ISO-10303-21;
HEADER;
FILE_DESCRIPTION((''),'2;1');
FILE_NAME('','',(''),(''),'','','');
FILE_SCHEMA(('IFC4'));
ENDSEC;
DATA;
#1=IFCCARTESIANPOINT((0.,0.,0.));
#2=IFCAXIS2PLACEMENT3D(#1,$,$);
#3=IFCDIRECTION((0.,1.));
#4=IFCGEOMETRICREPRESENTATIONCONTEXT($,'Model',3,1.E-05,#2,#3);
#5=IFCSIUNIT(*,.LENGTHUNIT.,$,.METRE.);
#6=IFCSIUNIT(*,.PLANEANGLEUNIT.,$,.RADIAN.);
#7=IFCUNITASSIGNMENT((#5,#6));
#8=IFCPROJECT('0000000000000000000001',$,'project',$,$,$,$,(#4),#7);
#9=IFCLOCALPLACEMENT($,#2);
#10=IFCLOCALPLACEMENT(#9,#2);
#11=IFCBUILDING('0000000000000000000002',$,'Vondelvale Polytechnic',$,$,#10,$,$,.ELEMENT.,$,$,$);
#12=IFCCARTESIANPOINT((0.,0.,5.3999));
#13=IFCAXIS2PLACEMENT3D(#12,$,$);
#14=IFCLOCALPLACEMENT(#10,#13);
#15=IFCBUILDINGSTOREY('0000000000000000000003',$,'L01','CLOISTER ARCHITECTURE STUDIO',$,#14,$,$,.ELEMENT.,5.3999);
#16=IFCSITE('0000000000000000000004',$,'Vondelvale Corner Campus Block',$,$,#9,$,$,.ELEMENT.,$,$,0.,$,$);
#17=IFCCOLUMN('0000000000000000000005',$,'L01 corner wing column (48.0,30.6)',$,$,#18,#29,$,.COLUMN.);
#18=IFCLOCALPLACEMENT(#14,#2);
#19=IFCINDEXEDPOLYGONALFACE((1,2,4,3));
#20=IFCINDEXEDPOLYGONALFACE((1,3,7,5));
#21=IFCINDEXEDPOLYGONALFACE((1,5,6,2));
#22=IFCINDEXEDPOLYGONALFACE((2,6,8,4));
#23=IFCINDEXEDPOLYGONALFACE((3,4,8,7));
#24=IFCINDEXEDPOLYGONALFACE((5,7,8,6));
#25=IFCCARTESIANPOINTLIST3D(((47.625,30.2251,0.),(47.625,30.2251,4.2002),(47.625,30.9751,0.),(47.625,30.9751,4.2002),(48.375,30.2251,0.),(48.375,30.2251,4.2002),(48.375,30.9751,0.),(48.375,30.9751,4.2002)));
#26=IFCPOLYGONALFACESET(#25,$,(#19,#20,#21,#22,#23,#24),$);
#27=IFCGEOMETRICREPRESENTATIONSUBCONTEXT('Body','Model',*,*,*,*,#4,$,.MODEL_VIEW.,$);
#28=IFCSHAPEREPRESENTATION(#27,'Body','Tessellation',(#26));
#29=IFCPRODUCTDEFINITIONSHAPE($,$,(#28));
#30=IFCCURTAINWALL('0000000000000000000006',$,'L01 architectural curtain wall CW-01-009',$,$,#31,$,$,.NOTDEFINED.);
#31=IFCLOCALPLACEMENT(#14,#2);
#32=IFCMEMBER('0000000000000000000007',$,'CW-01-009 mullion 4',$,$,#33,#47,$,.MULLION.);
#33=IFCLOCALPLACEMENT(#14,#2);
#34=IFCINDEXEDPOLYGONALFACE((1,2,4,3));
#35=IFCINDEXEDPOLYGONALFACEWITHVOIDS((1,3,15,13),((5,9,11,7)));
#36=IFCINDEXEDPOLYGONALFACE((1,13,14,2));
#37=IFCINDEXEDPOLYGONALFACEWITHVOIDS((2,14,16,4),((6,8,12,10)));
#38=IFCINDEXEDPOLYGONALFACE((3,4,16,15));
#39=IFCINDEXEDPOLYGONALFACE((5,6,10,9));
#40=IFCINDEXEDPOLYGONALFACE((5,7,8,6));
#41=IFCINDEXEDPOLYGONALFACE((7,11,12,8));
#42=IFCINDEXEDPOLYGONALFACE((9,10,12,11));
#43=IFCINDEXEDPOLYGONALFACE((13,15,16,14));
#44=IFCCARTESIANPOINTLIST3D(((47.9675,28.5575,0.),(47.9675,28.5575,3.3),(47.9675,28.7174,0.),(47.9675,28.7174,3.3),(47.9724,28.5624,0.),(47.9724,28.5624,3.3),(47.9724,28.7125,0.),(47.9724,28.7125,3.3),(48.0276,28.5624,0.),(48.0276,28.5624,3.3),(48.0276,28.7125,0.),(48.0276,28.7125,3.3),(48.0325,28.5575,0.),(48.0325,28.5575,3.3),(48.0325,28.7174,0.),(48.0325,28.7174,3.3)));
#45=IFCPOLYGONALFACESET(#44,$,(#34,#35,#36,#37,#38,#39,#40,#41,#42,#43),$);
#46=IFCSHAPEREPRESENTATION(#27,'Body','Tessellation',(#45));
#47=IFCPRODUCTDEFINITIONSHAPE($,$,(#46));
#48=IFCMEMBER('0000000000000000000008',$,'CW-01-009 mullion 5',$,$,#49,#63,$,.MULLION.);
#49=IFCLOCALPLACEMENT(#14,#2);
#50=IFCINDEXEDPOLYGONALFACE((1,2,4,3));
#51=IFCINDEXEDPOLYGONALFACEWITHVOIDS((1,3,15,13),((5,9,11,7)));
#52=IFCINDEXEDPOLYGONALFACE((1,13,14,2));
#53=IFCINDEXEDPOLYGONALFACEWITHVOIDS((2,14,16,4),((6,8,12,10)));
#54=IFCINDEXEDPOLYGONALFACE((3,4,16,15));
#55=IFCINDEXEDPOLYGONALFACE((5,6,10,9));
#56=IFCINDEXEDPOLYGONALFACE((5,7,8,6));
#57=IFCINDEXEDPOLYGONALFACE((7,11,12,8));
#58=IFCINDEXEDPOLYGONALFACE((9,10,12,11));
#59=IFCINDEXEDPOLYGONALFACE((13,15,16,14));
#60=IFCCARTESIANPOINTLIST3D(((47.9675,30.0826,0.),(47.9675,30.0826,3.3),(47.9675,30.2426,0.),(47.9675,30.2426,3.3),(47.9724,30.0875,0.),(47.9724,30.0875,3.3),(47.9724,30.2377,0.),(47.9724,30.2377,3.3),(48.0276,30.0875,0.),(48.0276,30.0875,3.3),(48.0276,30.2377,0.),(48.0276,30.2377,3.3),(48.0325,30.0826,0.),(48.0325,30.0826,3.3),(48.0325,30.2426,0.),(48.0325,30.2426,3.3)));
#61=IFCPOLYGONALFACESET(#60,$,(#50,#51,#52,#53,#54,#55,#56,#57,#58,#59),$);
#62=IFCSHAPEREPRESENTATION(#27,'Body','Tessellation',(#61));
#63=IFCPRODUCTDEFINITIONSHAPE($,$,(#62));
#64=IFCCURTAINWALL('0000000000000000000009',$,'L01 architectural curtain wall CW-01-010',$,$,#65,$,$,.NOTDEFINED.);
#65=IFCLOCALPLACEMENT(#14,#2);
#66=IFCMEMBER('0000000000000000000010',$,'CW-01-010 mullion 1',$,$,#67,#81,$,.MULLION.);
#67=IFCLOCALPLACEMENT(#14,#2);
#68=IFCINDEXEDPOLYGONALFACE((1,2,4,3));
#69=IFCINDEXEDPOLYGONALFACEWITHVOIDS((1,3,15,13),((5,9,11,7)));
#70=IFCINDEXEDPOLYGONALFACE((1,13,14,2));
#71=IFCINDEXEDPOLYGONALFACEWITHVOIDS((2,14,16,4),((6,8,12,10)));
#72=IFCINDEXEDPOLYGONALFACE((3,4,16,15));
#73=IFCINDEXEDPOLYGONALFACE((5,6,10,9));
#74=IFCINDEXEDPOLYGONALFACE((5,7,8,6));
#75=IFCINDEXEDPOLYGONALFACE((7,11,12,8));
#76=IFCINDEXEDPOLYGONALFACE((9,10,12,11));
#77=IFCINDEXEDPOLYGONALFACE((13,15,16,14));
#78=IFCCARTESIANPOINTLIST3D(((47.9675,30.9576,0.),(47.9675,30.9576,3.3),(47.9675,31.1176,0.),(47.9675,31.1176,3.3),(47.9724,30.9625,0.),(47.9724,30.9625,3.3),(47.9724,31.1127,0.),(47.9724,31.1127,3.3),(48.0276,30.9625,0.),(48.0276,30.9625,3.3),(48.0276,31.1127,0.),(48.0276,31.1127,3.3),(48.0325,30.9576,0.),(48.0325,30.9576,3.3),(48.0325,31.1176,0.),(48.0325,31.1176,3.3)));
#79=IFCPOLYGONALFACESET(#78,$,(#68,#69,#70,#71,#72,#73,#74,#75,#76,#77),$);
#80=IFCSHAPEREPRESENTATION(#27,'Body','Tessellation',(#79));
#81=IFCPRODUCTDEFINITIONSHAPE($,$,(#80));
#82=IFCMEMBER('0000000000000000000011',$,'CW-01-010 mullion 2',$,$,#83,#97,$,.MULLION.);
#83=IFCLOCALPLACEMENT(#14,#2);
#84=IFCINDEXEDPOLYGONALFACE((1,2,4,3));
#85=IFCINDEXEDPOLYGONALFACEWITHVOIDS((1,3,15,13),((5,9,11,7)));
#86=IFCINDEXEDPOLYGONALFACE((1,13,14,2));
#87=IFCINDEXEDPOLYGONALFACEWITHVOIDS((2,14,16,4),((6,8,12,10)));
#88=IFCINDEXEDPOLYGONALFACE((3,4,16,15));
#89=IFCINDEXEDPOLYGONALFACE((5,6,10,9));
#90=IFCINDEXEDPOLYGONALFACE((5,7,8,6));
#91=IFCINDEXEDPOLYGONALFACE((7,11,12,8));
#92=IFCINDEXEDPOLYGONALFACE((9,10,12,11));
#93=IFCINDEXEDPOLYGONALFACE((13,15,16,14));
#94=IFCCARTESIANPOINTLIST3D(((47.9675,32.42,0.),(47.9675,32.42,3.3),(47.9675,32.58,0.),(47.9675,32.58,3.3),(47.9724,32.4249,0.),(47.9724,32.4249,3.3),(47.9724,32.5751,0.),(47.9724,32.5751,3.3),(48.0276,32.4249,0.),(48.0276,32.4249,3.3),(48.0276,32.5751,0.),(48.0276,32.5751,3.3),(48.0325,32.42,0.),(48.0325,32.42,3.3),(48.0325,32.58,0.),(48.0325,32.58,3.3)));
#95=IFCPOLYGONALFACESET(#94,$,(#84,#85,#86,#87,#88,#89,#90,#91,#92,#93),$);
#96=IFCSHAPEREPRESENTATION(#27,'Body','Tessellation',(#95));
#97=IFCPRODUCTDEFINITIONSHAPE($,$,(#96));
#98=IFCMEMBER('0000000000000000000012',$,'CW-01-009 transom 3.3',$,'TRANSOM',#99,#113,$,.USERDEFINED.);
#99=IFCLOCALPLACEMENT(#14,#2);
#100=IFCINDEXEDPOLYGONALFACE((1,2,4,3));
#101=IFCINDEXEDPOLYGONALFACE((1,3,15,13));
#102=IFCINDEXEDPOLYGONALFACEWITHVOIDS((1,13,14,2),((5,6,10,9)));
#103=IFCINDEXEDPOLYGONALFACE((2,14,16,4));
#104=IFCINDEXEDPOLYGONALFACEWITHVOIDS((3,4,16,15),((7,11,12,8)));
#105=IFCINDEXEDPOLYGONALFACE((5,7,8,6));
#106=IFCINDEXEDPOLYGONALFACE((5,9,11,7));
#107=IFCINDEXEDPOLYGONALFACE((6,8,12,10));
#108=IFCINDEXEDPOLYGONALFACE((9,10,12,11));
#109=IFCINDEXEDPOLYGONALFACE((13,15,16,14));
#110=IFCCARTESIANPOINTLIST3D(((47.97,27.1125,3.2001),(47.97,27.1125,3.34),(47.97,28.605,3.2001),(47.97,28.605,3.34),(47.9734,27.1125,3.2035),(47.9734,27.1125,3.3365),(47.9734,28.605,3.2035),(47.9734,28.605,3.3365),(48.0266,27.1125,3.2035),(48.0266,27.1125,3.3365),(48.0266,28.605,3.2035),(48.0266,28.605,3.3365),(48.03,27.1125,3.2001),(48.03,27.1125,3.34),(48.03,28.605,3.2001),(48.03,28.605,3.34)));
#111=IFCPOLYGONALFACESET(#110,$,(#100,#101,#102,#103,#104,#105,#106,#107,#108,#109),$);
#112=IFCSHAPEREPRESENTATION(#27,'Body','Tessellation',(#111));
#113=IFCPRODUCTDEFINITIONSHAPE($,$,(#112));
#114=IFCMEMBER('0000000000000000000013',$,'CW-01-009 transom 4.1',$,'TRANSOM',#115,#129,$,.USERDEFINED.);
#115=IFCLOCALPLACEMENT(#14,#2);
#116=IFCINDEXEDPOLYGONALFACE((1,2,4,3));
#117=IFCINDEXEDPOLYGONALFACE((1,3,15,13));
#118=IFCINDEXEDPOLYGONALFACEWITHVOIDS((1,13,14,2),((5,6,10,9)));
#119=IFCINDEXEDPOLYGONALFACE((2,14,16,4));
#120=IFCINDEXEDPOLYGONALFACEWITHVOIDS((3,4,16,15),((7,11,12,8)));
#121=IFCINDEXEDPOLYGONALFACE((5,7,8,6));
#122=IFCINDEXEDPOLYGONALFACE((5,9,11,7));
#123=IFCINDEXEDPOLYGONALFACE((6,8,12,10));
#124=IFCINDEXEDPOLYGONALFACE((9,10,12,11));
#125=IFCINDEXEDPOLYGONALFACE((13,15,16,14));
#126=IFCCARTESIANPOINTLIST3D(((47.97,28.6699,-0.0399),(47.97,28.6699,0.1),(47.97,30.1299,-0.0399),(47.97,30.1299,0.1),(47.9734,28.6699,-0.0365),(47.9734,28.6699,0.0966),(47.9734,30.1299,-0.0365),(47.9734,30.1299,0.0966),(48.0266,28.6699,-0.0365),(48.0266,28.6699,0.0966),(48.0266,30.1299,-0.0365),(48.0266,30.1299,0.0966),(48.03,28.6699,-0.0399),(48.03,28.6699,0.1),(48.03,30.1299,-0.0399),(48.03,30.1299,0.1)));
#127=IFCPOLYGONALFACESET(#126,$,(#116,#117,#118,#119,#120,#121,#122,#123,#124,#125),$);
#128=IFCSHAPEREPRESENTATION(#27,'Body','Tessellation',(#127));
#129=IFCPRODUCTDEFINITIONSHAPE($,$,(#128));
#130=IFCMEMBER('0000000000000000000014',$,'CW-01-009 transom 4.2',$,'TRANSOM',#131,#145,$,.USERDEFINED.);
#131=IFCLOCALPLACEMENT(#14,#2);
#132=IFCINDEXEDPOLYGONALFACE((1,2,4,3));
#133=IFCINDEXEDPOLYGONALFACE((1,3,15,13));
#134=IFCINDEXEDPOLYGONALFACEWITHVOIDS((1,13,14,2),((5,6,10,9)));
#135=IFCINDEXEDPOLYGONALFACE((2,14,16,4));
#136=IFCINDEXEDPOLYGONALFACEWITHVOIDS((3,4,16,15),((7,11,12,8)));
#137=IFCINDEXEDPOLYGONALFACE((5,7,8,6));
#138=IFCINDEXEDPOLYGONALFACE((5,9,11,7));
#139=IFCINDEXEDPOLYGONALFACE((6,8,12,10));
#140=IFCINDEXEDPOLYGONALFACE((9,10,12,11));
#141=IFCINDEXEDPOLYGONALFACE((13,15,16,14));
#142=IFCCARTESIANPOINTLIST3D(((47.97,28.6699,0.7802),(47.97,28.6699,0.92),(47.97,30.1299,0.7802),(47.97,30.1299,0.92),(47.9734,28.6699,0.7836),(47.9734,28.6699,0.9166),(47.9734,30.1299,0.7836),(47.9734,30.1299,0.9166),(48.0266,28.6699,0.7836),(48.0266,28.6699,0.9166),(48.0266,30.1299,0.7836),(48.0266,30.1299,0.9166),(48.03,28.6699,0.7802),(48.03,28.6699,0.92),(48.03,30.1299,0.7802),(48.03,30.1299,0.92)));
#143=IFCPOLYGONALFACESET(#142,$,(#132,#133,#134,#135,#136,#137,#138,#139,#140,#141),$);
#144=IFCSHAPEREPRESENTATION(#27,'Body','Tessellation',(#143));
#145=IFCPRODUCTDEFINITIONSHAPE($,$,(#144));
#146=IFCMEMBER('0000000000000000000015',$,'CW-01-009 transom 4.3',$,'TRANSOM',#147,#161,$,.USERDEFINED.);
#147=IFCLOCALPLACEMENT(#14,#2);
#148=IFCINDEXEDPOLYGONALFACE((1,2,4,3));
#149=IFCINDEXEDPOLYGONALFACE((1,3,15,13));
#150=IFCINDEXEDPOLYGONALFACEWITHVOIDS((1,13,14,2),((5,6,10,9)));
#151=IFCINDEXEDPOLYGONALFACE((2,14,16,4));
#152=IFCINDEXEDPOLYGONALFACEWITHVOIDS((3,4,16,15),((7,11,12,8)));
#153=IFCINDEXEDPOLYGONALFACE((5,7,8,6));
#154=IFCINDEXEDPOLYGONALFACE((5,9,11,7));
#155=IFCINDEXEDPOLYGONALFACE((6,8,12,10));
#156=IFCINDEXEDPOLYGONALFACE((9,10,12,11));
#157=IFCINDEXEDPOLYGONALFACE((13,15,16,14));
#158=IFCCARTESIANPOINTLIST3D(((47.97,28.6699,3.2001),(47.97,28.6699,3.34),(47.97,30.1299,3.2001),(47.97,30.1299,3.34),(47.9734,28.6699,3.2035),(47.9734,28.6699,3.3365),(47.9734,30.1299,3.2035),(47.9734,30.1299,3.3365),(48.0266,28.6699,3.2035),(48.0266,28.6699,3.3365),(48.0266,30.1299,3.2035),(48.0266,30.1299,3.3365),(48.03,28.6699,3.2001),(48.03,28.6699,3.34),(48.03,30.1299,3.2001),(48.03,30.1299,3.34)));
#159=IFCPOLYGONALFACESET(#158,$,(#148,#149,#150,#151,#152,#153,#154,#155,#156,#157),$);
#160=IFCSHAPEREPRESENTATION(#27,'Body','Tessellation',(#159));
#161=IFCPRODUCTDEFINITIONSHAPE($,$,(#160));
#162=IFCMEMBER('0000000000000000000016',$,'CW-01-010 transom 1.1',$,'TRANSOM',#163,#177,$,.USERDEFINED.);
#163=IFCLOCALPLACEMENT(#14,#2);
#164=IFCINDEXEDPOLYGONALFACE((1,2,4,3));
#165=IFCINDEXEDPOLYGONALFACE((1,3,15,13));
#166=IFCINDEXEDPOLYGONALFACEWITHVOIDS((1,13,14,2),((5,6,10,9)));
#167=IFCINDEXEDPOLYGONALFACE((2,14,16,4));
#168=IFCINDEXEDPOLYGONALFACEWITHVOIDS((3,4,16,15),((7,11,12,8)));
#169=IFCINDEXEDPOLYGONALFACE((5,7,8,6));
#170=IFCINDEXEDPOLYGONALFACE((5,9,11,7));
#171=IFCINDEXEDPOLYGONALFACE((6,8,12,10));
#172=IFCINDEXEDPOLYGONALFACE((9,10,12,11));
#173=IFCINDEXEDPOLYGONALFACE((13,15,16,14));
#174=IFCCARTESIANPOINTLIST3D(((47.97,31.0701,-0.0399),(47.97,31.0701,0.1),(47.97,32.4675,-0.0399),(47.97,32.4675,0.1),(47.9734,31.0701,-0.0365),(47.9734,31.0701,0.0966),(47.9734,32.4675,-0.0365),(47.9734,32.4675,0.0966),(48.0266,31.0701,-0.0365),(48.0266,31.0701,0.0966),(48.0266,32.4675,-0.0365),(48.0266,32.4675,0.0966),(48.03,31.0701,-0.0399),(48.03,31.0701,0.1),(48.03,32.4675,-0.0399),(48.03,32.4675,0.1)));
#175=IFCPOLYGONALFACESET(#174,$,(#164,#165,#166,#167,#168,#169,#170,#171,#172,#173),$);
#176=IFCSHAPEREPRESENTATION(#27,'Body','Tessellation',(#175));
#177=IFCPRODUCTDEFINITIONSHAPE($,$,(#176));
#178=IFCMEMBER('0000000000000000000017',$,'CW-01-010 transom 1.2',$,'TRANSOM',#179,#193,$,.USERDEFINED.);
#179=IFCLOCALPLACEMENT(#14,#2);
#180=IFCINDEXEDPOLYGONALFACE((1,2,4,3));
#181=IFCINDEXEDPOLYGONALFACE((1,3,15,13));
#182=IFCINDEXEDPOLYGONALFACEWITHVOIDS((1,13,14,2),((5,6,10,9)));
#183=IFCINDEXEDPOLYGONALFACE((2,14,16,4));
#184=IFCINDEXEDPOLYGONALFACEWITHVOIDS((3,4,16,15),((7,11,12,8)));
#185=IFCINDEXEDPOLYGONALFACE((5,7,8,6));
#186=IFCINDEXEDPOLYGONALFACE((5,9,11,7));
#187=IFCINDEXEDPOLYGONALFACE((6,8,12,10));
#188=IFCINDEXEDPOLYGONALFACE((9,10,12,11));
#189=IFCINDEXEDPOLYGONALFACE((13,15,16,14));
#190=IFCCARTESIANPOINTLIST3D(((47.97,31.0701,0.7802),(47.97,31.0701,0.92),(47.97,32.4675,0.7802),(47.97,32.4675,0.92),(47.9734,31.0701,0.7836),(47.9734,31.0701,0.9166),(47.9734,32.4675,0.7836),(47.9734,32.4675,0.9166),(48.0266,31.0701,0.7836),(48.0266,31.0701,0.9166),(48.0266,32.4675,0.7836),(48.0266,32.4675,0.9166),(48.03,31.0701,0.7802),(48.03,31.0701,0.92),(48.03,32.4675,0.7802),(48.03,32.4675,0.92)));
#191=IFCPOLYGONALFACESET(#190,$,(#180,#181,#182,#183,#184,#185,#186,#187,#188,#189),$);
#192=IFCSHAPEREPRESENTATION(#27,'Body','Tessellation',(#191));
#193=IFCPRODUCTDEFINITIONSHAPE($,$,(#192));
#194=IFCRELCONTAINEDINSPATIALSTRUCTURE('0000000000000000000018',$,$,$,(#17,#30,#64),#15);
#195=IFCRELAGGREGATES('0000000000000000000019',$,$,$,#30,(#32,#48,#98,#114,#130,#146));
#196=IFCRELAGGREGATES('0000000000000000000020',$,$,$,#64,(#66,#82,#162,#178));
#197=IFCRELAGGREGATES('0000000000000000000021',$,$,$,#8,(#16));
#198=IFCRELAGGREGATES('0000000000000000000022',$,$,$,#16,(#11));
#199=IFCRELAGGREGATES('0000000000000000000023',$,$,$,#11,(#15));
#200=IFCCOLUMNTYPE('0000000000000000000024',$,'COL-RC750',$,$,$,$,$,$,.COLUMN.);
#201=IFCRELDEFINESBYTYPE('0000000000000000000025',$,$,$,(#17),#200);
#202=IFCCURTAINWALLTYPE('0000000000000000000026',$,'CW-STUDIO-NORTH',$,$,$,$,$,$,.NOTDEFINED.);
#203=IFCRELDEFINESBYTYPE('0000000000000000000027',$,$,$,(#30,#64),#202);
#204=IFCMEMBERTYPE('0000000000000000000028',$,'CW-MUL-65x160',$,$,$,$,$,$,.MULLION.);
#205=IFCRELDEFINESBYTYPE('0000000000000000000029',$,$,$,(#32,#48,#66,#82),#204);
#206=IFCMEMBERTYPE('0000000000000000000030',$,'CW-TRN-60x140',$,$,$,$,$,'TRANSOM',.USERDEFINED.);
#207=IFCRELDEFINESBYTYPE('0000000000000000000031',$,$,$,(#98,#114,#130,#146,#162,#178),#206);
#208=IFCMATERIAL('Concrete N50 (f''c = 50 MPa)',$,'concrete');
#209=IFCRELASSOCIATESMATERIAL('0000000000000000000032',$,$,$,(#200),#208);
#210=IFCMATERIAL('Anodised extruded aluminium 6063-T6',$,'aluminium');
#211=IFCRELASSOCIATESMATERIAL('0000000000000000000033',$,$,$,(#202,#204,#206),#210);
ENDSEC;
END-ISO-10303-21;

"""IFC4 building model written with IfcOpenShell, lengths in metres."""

from ifc_helpers import new_model, si_unit, direction, frame, origin, origin_2d, place, context, subcontext, project, spatial, rectangle, hollow_rectangle, extrude, material, material_profile, profile_set, type_object, element, aggregate, save


model = new_model("IFC4")

# Units and contexts
model_context = context("Model", 3, precision=1e-05, world=origin(), true_north=direction((0.0, 1.0)))
body_context = subcontext(model_context, "Body", "Model", "MODEL_VIEW")
ifc_project = project(units=[si_unit("LENGTHUNIT", "METRE"), si_unit("PLANEANGLEUNIT", "RADIAN")], contexts=[model_context])

# Site, building, storey
site_placement = place(None, origin())
site = spatial("IfcSite", under=ifc_project, at=site_placement, Name="Vondelvale Corner Campus Block", CompositionType="ELEMENT", RefElevation=0.0)
building_placement = place(site_placement, origin())
building = spatial("IfcBuilding", under=site, at=building_placement, Name="Vondelvale Polytechnic", CompositionType="ELEMENT")
storey_placement = place(building_placement, frame((0.0, 0.0, 5.3999)))
storey = spatial("IfcBuildingStorey", under=building, at=storey_placement, Name="L01", Description="CLOISTER ARCHITECTURE STUDIO", CompositionType="ELEMENT", Elevation=5.3999)

# Column
ifc_material_1 = material(Name="Concrete N50 (f'c = 50 MPa)", Category="concrete")
ifc_material_profile_1 = material_profile(ifc_material_1, rectangle(XDim=0.75, YDim=0.75, at=origin_2d()), Name="RC-COL-750x750")
ifc_profile_set_1 = profile_set([ifc_material_profile_1], Name="Concrete N50 (f'c = 50 MPa)")
column_type = type_object("IfcColumnType", Name="COL-RC750", PredefinedType="COLUMN", material=ifc_profile_set_1)
column_placement = place(storey_placement, frame((48.0, 30.6001, 0.0), z_axis=(0.0, 0.0, 1.0), x_axis=(1.0, 0.0, 0.0)))
element("IfcColumn", 1, at=column_placement, inside=storey, type_object=column_type, Name="L01 corner wing column (48.0,30.6)", PredefinedType="COLUMN", context=body_context, shape_type="SweptSolid", body=[
    extrude(rectangle(XDim=0.75, YDim=0.75, at=origin_2d()), origin(), (0.0, 0.0, 1.0), 4.2002),
])

# Curtain walls, members
ifc_material_2 = material(Name="Anodised extruded aluminium 6063-T6", Category="aluminium")
curtain_wall_type = type_object("IfcCurtainWallType", Name="CW-STUDIO-NORTH", PredefinedType="NOTDEFINED", material=ifc_material_2)
curtain_wall_1_placement = place(storey_placement, origin())
curtain_wall_1 = element("IfcCurtainWall", 2, at=curtain_wall_1_placement, inside=storey, type_object=curtain_wall_type, Name="L01 architectural curtain wall CW-01-009", PredefinedType="NOTDEFINED")
ifc_material_profile_2 = material_profile(ifc_material_2, hollow_rectangle(XDim=0.0649, YDim=0.1599, WallThickness=0.0049, at=origin_2d()), Name="CW-MUL-160x65")
ifc_profile_set_2 = profile_set([ifc_material_profile_2], Name="Anodised extruded aluminium 6063-T6")
member_type_1 = type_object("IfcMemberType", Name="CW-MUL-65x160", PredefinedType="MULLION", material=ifc_profile_set_2)
member_1_placement = place(storey_placement, frame((48.0, 28.6375, 0.0), z_axis=(0.0, 0.0, 1.0), x_axis=(-1.0, 0.0, 0.0)))
member_1 = element("IfcMember", 3, at=member_1_placement, type_object=member_type_1, Name="CW-01-009 mullion 4", PredefinedType="MULLION", context=body_context, shape_type="SweptSolid", body=[
    extrude(hollow_rectangle(XDim=0.0649, YDim=0.1599, WallThickness=0.0049, at=origin_2d()), origin(), (0.0, 0.0, 1.0), 3.3),
])
member_2_placement = place(storey_placement, frame((48.0, 30.1626, 0.0), z_axis=(0.0, 0.0, 1.0), x_axis=(-1.0, 0.0, 0.0)))
member_2 = element("IfcMember", 4, at=member_2_placement, type_object=member_type_1, Name="CW-01-009 mullion 5", PredefinedType="MULLION", context=body_context, shape_type="SweptSolid", body=[
    extrude(hollow_rectangle(XDim=0.0649, YDim=0.1599, WallThickness=0.0049, at=origin_2d()), origin(), (0.0, 0.0, 1.0), 3.3),
])
curtain_wall_2_placement = place(storey_placement, origin())
curtain_wall_2 = element("IfcCurtainWall", 5, at=curtain_wall_2_placement, inside=storey, type_object=curtain_wall_type, Name="L01 architectural curtain wall CW-01-010", PredefinedType="NOTDEFINED")
member_3_placement = place(storey_placement, frame((48.0, 31.0376, 0.0), z_axis=(0.0, 0.0, 1.0), x_axis=(-1.0, 0.0, 0.0)))
member_3 = element("IfcMember", 6, at=member_3_placement, type_object=member_type_1, Name="CW-01-010 mullion 1", PredefinedType="MULLION", context=body_context, shape_type="SweptSolid", body=[
    extrude(hollow_rectangle(XDim=0.0649, YDim=0.1599, WallThickness=0.0049, at=origin_2d()), origin(), (0.0, 0.0, 1.0), 3.3),
])
member_4_placement = place(storey_placement, frame((48.0, 32.5, 0.0), z_axis=(0.0, 0.0, 1.0), x_axis=(-1.0, 0.0, 0.0)))
member_4 = element("IfcMember", 7, at=member_4_placement, type_object=member_type_1, Name="CW-01-010 mullion 2", PredefinedType="MULLION", context=body_context, shape_type="SweptSolid", body=[
    extrude(hollow_rectangle(XDim=0.0649, YDim=0.1599, WallThickness=0.0049, at=origin_2d()), origin(), (0.0, 0.0, 1.0), 3.3),
])

# Members
ifc_material_profile_3 = material_profile(ifc_material_2, hollow_rectangle(XDim=0.0601, YDim=0.1399, WallThickness=0.0034, at=origin_2d()), Name="CW-TRN-140x60")
ifc_profile_set_3 = profile_set([ifc_material_profile_3], Name="Anodised extruded aluminium 6063-T6")
member_type_2 = type_object("IfcMemberType", Name="CW-TRN-60x140", ElementType="TRANSOM", PredefinedType="USERDEFINED", material=ifc_profile_set_3)
member_5_placement = place(storey_placement, frame((48.0, 27.1125, 3.27), z_axis=(0.0, 1.0, 0.0), x_axis=(-1.0, 0.0, 0.0)))
member_5 = element("IfcMember", 8, at=member_5_placement, type_object=member_type_2, Name="CW-01-009 transom 3.3", ObjectType="TRANSOM", PredefinedType="USERDEFINED", context=body_context, shape_type="SweptSolid", body=[
    extrude(hollow_rectangle(XDim=0.0601, YDim=0.1399, WallThickness=0.0034, at=origin_2d()), origin(), (0.0, 0.0, 1.0), 1.4924),
])
member_6_placement = place(storey_placement, frame((48.0, 28.6699, 0.03), z_axis=(0.0, 1.0, 0.0), x_axis=(-1.0, 0.0, 0.0)))
member_6 = element("IfcMember", 9, at=member_6_placement, type_object=member_type_2, Name="CW-01-009 transom 4.1", ObjectType="TRANSOM", PredefinedType="USERDEFINED", context=body_context, shape_type="SweptSolid", body=[
    extrude(hollow_rectangle(XDim=0.0601, YDim=0.1399, WallThickness=0.0034, at=origin_2d()), origin(), (0.0, 0.0, 1.0), 1.46),
])
member_7_placement = place(storey_placement, frame((48.0, 28.6699, 0.8501), z_axis=(0.0, 1.0, 0.0), x_axis=(-1.0, 0.0, 0.0)))
member_7 = element("IfcMember", 10, at=member_7_placement, type_object=member_type_2, Name="CW-01-009 transom 4.2", ObjectType="TRANSOM", PredefinedType="USERDEFINED", context=body_context, shape_type="SweptSolid", body=[
    extrude(hollow_rectangle(XDim=0.0601, YDim=0.1399, WallThickness=0.0034, at=origin_2d()), origin(), (0.0, 0.0, 1.0), 1.46),
])
member_8_placement = place(storey_placement, frame((48.0, 28.6699, 3.27), z_axis=(0.0, 1.0, 0.0), x_axis=(-1.0, 0.0, 0.0)))
member_8 = element("IfcMember", 11, at=member_8_placement, type_object=member_type_2, Name="CW-01-009 transom 4.3", ObjectType="TRANSOM", PredefinedType="USERDEFINED", context=body_context, shape_type="SweptSolid", body=[
    extrude(hollow_rectangle(XDim=0.0601, YDim=0.1399, WallThickness=0.0034, at=origin_2d()), origin(), (0.0, 0.0, 1.0), 1.46),
])
member_9_placement = place(storey_placement, frame((48.0, 31.0701, 0.03), z_axis=(0.0, 1.0, 0.0), x_axis=(-1.0, 0.0, 0.0)))
member_9 = element("IfcMember", 12, at=member_9_placement, type_object=member_type_2, Name="CW-01-010 transom 1.1", ObjectType="TRANSOM", PredefinedType="USERDEFINED", context=body_context, shape_type="SweptSolid", body=[
    extrude(hollow_rectangle(XDim=0.0601, YDim=0.1399, WallThickness=0.0034, at=origin_2d()), origin(), (0.0, 0.0, 1.0), 1.3975),
])
member_10_placement = place(storey_placement, frame((48.0, 31.0701, 0.8501), z_axis=(0.0, 1.0, 0.0), x_axis=(-1.0, 0.0, 0.0)))
member_10 = element("IfcMember", 13, at=member_10_placement, type_object=member_type_2, Name="CW-01-010 transom 1.2", ObjectType="TRANSOM", PredefinedType="USERDEFINED", context=body_context, shape_type="SweptSolid", body=[
    extrude(hollow_rectangle(XDim=0.0601, YDim=0.1399, WallThickness=0.0034, at=origin_2d()), origin(), (0.0, 0.0, 1.0), 1.3975),
])

aggregate(curtain_wall_1, [member_1, member_2, member_5, member_6, member_7, member_8])
aggregate(curtain_wall_2, [member_3, member_4, member_9, member_10])

save(model, "model.ifc")
